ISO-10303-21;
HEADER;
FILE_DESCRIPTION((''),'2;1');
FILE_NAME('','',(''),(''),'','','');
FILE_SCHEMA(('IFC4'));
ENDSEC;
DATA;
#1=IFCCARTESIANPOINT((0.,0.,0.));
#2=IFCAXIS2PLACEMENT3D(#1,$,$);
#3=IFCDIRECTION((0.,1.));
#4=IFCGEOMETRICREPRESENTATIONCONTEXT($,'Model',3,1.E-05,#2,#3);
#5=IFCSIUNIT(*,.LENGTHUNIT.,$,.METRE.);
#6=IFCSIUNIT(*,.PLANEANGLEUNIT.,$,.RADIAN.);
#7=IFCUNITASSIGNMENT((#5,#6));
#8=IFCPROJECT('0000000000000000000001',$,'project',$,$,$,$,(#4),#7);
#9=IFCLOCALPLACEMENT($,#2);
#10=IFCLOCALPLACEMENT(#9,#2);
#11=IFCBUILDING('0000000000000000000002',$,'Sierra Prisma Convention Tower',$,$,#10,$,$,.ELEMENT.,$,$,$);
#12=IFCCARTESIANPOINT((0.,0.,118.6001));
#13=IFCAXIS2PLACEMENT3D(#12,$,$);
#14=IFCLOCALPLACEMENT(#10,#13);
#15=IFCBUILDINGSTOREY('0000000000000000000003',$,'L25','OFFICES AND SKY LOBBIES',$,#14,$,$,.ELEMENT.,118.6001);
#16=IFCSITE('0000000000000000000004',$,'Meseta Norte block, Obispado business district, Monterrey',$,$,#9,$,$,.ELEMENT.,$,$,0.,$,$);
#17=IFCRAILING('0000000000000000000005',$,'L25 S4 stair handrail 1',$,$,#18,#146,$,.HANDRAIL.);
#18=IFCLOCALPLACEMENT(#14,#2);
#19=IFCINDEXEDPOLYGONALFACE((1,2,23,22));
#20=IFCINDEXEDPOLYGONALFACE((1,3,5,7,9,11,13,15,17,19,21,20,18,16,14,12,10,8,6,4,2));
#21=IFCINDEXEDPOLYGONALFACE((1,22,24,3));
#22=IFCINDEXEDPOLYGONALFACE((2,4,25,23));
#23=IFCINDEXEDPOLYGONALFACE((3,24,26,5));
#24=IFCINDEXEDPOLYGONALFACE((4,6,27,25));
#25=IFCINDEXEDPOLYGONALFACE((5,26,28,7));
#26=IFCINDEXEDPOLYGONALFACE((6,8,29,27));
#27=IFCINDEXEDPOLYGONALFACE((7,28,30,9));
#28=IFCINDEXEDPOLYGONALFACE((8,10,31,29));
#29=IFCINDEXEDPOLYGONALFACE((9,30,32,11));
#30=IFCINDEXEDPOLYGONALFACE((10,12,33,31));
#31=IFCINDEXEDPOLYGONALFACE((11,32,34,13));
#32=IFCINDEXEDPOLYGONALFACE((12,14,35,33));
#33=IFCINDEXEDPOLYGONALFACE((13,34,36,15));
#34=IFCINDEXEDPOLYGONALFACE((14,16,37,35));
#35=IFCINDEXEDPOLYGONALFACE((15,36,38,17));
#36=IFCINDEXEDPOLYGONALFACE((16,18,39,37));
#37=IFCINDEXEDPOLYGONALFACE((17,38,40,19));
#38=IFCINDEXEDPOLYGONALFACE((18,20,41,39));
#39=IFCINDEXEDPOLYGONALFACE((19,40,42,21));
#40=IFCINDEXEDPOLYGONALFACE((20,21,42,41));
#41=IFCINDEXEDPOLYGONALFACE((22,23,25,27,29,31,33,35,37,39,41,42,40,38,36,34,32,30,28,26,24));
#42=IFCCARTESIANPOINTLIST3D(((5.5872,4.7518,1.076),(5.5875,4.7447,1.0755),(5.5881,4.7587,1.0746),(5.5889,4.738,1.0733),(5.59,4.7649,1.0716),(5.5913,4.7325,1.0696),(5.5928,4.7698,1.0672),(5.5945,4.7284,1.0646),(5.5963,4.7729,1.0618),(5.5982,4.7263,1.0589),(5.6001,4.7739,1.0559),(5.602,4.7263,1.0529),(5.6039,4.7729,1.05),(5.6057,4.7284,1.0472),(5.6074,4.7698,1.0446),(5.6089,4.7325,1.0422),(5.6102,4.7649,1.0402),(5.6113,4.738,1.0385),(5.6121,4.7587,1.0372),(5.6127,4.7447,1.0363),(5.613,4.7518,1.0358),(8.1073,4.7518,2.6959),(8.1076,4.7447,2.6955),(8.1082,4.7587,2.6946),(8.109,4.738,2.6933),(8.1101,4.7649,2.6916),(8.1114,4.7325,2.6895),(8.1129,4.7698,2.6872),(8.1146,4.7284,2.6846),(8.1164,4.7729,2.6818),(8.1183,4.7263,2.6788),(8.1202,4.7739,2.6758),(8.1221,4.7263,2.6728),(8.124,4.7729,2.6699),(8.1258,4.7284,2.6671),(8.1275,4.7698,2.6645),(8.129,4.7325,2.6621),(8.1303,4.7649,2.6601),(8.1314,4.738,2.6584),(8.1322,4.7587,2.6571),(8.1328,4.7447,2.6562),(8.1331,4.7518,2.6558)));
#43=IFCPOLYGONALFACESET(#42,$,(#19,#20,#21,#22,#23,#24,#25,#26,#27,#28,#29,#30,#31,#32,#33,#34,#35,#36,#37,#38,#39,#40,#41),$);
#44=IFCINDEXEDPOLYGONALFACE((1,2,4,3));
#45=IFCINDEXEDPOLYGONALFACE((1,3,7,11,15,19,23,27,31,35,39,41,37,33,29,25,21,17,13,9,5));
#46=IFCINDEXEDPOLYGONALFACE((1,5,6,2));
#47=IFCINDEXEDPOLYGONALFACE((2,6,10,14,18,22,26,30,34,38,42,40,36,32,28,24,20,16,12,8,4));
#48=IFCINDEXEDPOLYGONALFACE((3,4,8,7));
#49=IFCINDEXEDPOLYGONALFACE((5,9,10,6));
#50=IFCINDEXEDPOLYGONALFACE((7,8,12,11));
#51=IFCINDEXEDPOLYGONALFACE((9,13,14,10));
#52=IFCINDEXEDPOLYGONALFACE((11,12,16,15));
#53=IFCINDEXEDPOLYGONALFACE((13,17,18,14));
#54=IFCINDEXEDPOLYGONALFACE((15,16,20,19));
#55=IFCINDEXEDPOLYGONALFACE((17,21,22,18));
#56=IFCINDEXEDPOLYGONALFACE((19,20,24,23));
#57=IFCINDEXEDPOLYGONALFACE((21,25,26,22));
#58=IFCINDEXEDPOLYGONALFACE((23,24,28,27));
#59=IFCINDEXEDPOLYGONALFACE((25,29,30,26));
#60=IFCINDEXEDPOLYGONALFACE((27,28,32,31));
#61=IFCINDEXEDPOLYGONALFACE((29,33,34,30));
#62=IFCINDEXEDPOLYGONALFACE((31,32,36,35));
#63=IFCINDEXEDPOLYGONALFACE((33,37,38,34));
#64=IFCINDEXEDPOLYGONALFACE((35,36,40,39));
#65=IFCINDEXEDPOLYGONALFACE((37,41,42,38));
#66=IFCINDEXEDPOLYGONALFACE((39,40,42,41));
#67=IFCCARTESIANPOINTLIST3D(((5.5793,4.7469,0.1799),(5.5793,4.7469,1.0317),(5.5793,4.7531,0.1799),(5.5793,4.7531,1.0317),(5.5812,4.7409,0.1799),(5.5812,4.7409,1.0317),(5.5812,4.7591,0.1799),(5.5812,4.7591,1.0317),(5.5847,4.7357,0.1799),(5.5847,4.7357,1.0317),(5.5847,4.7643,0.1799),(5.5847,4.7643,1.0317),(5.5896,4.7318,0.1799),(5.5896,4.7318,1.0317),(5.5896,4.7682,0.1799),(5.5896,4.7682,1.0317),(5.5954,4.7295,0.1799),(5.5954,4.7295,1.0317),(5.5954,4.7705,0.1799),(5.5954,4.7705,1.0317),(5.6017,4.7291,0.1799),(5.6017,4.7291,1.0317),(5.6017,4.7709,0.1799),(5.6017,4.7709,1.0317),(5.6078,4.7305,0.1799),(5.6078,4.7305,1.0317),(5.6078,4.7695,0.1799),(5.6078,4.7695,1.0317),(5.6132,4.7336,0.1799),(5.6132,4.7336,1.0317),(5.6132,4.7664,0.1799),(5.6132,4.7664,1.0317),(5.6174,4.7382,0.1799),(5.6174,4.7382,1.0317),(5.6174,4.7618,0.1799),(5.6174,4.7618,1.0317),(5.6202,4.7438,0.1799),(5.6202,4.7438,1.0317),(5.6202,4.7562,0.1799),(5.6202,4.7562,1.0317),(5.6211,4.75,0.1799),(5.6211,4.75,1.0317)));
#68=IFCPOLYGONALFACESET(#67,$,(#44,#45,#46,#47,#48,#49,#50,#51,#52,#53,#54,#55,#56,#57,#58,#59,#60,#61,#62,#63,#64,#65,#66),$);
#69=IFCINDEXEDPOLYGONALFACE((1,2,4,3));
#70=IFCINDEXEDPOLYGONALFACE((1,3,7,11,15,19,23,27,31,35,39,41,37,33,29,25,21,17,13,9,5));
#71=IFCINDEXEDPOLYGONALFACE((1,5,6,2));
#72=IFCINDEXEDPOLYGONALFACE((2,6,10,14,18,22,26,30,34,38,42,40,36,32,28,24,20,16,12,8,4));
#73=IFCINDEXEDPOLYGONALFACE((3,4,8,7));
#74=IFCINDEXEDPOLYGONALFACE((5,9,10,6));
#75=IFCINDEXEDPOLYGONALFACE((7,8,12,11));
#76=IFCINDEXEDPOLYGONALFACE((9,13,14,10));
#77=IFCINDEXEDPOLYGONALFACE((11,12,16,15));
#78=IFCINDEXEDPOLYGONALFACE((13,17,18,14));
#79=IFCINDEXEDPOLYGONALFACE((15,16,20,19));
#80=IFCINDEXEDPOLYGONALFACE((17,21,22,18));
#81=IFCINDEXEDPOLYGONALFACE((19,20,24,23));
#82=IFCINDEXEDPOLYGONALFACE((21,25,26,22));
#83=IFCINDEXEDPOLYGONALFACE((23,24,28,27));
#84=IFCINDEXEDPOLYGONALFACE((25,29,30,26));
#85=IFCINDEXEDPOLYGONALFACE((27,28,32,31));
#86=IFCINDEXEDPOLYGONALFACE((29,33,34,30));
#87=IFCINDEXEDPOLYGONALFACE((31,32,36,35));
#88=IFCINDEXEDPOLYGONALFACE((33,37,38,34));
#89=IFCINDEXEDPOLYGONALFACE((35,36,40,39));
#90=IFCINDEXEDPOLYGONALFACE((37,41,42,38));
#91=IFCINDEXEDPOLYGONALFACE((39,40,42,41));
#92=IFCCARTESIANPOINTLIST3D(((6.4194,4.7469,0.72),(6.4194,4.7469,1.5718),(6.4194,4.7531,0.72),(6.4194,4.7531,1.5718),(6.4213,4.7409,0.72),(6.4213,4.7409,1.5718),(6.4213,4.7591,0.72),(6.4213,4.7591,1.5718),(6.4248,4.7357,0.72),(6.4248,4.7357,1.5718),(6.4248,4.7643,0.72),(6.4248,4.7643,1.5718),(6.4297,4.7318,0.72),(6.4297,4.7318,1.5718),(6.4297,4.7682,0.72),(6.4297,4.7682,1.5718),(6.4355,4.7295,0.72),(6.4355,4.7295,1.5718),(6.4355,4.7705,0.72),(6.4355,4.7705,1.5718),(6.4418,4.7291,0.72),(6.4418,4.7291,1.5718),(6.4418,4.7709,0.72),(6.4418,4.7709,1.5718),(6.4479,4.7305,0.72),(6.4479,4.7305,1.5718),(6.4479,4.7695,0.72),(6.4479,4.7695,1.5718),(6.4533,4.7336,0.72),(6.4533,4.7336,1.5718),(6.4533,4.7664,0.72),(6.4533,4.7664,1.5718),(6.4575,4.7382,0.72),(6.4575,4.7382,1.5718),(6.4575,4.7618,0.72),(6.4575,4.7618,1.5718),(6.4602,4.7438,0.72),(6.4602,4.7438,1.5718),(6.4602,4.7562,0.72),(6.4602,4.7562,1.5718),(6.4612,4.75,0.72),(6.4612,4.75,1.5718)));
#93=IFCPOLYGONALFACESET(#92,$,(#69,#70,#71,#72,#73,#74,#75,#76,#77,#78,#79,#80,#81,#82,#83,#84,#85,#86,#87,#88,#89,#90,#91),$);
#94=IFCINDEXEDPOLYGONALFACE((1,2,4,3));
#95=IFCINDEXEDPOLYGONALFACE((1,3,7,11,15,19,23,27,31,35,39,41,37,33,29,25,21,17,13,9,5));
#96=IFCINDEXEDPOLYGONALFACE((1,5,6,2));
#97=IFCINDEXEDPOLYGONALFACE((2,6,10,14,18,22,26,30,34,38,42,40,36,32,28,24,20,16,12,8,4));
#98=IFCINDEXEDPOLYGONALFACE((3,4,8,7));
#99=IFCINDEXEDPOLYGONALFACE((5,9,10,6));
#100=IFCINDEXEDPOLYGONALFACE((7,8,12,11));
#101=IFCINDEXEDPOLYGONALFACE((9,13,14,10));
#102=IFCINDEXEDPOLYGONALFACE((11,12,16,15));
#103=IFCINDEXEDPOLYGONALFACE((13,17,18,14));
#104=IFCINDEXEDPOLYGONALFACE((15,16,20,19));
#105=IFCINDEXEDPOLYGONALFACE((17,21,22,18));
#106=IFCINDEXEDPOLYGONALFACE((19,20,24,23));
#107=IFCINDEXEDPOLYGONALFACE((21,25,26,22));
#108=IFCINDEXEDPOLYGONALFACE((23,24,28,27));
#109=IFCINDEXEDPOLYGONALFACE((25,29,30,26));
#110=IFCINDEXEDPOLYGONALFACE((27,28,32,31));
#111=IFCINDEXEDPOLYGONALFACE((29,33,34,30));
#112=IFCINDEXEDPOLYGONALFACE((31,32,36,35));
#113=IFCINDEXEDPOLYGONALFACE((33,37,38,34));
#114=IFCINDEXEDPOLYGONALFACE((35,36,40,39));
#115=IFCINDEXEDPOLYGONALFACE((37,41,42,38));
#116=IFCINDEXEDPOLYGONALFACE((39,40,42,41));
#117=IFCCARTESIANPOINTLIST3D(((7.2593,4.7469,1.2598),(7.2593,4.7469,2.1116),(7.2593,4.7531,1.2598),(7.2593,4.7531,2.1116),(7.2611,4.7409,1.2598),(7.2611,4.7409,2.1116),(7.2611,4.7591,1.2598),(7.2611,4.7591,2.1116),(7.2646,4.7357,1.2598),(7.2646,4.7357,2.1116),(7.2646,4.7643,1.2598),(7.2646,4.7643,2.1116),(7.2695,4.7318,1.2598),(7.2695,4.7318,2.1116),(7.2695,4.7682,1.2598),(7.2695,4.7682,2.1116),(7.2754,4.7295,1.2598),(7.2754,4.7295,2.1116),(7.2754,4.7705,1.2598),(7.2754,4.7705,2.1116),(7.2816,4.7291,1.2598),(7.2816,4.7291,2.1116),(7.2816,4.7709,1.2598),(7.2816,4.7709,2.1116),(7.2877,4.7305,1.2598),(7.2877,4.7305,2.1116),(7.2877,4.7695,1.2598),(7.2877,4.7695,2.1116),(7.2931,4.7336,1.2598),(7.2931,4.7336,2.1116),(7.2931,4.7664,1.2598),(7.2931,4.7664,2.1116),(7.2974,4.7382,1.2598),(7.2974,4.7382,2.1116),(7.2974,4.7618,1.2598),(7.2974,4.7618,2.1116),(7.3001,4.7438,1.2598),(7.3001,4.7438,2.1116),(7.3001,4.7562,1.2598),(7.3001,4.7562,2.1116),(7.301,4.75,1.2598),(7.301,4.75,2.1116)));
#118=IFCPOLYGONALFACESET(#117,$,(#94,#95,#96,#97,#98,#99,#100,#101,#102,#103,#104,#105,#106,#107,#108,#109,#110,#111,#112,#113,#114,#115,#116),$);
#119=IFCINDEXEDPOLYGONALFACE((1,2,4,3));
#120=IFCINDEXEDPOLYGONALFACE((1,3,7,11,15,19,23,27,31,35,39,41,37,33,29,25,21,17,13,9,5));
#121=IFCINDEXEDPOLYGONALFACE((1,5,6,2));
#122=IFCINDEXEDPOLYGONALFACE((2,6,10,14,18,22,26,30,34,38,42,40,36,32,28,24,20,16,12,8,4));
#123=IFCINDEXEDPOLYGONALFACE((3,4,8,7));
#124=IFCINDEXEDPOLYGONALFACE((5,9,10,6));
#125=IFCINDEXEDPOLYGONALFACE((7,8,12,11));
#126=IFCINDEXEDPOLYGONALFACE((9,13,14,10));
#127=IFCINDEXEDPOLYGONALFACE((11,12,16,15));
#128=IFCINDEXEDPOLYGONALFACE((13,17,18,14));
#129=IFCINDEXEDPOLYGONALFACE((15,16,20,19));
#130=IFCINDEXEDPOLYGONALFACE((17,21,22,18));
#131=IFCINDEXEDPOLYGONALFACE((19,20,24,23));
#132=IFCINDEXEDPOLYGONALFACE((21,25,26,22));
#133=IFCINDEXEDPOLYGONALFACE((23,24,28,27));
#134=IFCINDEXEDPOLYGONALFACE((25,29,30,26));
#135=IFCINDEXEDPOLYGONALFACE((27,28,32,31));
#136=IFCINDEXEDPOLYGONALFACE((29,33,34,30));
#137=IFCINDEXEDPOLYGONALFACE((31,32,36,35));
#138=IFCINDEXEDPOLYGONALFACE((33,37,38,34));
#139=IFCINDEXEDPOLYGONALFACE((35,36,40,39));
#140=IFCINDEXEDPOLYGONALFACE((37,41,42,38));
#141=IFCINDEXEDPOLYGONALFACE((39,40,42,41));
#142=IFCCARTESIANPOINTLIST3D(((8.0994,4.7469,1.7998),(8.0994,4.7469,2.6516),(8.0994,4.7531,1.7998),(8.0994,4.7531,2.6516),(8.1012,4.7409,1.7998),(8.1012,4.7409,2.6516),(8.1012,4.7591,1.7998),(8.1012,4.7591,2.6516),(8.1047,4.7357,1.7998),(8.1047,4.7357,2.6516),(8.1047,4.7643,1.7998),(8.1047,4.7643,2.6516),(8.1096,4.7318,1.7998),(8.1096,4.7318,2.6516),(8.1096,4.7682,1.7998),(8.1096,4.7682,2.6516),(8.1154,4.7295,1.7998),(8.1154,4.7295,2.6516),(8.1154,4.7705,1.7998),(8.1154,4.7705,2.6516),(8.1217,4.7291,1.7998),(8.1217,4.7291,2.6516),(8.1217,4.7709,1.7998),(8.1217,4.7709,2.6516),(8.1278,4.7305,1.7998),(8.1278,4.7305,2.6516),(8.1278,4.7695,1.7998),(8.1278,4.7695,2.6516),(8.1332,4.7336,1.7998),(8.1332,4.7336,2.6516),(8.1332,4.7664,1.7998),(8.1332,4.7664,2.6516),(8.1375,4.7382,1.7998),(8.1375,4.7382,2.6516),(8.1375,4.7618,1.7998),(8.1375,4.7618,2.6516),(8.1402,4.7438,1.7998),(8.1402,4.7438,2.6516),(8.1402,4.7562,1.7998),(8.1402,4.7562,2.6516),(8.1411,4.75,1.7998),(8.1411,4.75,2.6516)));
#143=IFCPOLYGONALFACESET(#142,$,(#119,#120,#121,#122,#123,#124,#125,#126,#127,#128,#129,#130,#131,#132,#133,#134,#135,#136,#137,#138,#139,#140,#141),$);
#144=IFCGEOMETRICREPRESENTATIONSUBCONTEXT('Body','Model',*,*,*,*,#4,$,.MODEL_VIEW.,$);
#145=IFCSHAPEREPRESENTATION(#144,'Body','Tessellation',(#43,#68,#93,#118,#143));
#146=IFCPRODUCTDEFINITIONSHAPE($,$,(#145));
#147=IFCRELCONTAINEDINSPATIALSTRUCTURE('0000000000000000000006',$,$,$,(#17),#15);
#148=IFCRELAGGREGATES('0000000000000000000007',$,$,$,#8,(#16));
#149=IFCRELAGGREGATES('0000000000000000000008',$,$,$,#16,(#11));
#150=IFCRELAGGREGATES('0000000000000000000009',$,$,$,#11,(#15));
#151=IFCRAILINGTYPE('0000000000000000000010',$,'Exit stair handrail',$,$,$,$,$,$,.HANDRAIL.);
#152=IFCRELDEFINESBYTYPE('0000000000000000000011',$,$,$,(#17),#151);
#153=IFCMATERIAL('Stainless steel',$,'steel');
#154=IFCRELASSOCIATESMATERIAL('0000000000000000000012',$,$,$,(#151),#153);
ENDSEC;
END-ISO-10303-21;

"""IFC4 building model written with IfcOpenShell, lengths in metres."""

from ifc_helpers import new_model, si_unit, direction, frame, origin, origin_2d, place, context, subcontext, project, spatial, circle, extrude, material, type_object, element, save


model = new_model("IFC4")

# Units and contexts
model_context = context("Model", 3, precision=1e-05, world=origin(), true_north=direction((0.0, 1.0)))
body_context = subcontext(model_context, "Body", "Model", "MODEL_VIEW")
ifc_project = project(units=[si_unit("LENGTHUNIT", "METRE"), si_unit("PLANEANGLEUNIT", "RADIAN")], contexts=[model_context])

# Site, building, storey
site_placement = place(None, origin())
site = spatial("IfcSite", under=ifc_project, at=site_placement, Name="Meseta Norte block, Obispado business district, Monterrey", CompositionType="ELEMENT", RefElevation=0.0)
building_placement = place(site_placement, origin())
building = spatial("IfcBuilding", under=site, at=building_placement, Name="Sierra Prisma Convention Tower", CompositionType="ELEMENT")
storey_placement = place(building_placement, frame((0.0, 0.0, 118.6001)))
storey = spatial("IfcBuildingStorey", under=building, at=storey_placement, Name="L25", Description="OFFICES AND SKY LOBBIES", CompositionType="ELEMENT", Elevation=118.6001)

# Railing
ifc_material_1 = material(Name="Stainless steel", Category="steel")
railing_type_1 = type_object("IfcRailingType", Name="Exit stair handrail", PredefinedType="HANDRAIL", material=ifc_material_1)
railing_1_placement = place(storey_placement, frame((5.6001, 4.75, 0.1799)))
element("IfcRailing", 1, at=railing_1_placement, inside=storey, type_object=railing_type_1, Name="L25 S4 stair handrail 1", PredefinedType="HANDRAIL", context=body_context, shape_type="SweptSolid", body=[
    extrude(circle(Radius=0.0239, at=origin_2d()), frame((0.0, 0.0, 0.876), z_axis=(0.8412, 0.0, 0.540725), x_axis=(0.0, 1.0, 0.0)), (0.0, 0.0, 1.0), 2.9958),
    extrude(circle(Radius=0.021, at=origin_2d()), origin(), (0.0, 0.0, 1.0), 0.8518),
    extrude(circle(Radius=0.021, at=origin_2d()), frame((0.8401, 0.0, 0.54)), (0.0, 0.0, 1.0), 0.8518),
    extrude(circle(Radius=0.021, at=origin_2d()), frame((1.6799, 0.0, 1.0798)), (0.0, 0.0, 1.0), 0.8518),
    extrude(circle(Radius=0.021, at=origin_2d()), frame((2.52, 0.0, 1.6199)), (0.0, 0.0, 1.0), 0.8518),
])

save(model, "model.ifc")
